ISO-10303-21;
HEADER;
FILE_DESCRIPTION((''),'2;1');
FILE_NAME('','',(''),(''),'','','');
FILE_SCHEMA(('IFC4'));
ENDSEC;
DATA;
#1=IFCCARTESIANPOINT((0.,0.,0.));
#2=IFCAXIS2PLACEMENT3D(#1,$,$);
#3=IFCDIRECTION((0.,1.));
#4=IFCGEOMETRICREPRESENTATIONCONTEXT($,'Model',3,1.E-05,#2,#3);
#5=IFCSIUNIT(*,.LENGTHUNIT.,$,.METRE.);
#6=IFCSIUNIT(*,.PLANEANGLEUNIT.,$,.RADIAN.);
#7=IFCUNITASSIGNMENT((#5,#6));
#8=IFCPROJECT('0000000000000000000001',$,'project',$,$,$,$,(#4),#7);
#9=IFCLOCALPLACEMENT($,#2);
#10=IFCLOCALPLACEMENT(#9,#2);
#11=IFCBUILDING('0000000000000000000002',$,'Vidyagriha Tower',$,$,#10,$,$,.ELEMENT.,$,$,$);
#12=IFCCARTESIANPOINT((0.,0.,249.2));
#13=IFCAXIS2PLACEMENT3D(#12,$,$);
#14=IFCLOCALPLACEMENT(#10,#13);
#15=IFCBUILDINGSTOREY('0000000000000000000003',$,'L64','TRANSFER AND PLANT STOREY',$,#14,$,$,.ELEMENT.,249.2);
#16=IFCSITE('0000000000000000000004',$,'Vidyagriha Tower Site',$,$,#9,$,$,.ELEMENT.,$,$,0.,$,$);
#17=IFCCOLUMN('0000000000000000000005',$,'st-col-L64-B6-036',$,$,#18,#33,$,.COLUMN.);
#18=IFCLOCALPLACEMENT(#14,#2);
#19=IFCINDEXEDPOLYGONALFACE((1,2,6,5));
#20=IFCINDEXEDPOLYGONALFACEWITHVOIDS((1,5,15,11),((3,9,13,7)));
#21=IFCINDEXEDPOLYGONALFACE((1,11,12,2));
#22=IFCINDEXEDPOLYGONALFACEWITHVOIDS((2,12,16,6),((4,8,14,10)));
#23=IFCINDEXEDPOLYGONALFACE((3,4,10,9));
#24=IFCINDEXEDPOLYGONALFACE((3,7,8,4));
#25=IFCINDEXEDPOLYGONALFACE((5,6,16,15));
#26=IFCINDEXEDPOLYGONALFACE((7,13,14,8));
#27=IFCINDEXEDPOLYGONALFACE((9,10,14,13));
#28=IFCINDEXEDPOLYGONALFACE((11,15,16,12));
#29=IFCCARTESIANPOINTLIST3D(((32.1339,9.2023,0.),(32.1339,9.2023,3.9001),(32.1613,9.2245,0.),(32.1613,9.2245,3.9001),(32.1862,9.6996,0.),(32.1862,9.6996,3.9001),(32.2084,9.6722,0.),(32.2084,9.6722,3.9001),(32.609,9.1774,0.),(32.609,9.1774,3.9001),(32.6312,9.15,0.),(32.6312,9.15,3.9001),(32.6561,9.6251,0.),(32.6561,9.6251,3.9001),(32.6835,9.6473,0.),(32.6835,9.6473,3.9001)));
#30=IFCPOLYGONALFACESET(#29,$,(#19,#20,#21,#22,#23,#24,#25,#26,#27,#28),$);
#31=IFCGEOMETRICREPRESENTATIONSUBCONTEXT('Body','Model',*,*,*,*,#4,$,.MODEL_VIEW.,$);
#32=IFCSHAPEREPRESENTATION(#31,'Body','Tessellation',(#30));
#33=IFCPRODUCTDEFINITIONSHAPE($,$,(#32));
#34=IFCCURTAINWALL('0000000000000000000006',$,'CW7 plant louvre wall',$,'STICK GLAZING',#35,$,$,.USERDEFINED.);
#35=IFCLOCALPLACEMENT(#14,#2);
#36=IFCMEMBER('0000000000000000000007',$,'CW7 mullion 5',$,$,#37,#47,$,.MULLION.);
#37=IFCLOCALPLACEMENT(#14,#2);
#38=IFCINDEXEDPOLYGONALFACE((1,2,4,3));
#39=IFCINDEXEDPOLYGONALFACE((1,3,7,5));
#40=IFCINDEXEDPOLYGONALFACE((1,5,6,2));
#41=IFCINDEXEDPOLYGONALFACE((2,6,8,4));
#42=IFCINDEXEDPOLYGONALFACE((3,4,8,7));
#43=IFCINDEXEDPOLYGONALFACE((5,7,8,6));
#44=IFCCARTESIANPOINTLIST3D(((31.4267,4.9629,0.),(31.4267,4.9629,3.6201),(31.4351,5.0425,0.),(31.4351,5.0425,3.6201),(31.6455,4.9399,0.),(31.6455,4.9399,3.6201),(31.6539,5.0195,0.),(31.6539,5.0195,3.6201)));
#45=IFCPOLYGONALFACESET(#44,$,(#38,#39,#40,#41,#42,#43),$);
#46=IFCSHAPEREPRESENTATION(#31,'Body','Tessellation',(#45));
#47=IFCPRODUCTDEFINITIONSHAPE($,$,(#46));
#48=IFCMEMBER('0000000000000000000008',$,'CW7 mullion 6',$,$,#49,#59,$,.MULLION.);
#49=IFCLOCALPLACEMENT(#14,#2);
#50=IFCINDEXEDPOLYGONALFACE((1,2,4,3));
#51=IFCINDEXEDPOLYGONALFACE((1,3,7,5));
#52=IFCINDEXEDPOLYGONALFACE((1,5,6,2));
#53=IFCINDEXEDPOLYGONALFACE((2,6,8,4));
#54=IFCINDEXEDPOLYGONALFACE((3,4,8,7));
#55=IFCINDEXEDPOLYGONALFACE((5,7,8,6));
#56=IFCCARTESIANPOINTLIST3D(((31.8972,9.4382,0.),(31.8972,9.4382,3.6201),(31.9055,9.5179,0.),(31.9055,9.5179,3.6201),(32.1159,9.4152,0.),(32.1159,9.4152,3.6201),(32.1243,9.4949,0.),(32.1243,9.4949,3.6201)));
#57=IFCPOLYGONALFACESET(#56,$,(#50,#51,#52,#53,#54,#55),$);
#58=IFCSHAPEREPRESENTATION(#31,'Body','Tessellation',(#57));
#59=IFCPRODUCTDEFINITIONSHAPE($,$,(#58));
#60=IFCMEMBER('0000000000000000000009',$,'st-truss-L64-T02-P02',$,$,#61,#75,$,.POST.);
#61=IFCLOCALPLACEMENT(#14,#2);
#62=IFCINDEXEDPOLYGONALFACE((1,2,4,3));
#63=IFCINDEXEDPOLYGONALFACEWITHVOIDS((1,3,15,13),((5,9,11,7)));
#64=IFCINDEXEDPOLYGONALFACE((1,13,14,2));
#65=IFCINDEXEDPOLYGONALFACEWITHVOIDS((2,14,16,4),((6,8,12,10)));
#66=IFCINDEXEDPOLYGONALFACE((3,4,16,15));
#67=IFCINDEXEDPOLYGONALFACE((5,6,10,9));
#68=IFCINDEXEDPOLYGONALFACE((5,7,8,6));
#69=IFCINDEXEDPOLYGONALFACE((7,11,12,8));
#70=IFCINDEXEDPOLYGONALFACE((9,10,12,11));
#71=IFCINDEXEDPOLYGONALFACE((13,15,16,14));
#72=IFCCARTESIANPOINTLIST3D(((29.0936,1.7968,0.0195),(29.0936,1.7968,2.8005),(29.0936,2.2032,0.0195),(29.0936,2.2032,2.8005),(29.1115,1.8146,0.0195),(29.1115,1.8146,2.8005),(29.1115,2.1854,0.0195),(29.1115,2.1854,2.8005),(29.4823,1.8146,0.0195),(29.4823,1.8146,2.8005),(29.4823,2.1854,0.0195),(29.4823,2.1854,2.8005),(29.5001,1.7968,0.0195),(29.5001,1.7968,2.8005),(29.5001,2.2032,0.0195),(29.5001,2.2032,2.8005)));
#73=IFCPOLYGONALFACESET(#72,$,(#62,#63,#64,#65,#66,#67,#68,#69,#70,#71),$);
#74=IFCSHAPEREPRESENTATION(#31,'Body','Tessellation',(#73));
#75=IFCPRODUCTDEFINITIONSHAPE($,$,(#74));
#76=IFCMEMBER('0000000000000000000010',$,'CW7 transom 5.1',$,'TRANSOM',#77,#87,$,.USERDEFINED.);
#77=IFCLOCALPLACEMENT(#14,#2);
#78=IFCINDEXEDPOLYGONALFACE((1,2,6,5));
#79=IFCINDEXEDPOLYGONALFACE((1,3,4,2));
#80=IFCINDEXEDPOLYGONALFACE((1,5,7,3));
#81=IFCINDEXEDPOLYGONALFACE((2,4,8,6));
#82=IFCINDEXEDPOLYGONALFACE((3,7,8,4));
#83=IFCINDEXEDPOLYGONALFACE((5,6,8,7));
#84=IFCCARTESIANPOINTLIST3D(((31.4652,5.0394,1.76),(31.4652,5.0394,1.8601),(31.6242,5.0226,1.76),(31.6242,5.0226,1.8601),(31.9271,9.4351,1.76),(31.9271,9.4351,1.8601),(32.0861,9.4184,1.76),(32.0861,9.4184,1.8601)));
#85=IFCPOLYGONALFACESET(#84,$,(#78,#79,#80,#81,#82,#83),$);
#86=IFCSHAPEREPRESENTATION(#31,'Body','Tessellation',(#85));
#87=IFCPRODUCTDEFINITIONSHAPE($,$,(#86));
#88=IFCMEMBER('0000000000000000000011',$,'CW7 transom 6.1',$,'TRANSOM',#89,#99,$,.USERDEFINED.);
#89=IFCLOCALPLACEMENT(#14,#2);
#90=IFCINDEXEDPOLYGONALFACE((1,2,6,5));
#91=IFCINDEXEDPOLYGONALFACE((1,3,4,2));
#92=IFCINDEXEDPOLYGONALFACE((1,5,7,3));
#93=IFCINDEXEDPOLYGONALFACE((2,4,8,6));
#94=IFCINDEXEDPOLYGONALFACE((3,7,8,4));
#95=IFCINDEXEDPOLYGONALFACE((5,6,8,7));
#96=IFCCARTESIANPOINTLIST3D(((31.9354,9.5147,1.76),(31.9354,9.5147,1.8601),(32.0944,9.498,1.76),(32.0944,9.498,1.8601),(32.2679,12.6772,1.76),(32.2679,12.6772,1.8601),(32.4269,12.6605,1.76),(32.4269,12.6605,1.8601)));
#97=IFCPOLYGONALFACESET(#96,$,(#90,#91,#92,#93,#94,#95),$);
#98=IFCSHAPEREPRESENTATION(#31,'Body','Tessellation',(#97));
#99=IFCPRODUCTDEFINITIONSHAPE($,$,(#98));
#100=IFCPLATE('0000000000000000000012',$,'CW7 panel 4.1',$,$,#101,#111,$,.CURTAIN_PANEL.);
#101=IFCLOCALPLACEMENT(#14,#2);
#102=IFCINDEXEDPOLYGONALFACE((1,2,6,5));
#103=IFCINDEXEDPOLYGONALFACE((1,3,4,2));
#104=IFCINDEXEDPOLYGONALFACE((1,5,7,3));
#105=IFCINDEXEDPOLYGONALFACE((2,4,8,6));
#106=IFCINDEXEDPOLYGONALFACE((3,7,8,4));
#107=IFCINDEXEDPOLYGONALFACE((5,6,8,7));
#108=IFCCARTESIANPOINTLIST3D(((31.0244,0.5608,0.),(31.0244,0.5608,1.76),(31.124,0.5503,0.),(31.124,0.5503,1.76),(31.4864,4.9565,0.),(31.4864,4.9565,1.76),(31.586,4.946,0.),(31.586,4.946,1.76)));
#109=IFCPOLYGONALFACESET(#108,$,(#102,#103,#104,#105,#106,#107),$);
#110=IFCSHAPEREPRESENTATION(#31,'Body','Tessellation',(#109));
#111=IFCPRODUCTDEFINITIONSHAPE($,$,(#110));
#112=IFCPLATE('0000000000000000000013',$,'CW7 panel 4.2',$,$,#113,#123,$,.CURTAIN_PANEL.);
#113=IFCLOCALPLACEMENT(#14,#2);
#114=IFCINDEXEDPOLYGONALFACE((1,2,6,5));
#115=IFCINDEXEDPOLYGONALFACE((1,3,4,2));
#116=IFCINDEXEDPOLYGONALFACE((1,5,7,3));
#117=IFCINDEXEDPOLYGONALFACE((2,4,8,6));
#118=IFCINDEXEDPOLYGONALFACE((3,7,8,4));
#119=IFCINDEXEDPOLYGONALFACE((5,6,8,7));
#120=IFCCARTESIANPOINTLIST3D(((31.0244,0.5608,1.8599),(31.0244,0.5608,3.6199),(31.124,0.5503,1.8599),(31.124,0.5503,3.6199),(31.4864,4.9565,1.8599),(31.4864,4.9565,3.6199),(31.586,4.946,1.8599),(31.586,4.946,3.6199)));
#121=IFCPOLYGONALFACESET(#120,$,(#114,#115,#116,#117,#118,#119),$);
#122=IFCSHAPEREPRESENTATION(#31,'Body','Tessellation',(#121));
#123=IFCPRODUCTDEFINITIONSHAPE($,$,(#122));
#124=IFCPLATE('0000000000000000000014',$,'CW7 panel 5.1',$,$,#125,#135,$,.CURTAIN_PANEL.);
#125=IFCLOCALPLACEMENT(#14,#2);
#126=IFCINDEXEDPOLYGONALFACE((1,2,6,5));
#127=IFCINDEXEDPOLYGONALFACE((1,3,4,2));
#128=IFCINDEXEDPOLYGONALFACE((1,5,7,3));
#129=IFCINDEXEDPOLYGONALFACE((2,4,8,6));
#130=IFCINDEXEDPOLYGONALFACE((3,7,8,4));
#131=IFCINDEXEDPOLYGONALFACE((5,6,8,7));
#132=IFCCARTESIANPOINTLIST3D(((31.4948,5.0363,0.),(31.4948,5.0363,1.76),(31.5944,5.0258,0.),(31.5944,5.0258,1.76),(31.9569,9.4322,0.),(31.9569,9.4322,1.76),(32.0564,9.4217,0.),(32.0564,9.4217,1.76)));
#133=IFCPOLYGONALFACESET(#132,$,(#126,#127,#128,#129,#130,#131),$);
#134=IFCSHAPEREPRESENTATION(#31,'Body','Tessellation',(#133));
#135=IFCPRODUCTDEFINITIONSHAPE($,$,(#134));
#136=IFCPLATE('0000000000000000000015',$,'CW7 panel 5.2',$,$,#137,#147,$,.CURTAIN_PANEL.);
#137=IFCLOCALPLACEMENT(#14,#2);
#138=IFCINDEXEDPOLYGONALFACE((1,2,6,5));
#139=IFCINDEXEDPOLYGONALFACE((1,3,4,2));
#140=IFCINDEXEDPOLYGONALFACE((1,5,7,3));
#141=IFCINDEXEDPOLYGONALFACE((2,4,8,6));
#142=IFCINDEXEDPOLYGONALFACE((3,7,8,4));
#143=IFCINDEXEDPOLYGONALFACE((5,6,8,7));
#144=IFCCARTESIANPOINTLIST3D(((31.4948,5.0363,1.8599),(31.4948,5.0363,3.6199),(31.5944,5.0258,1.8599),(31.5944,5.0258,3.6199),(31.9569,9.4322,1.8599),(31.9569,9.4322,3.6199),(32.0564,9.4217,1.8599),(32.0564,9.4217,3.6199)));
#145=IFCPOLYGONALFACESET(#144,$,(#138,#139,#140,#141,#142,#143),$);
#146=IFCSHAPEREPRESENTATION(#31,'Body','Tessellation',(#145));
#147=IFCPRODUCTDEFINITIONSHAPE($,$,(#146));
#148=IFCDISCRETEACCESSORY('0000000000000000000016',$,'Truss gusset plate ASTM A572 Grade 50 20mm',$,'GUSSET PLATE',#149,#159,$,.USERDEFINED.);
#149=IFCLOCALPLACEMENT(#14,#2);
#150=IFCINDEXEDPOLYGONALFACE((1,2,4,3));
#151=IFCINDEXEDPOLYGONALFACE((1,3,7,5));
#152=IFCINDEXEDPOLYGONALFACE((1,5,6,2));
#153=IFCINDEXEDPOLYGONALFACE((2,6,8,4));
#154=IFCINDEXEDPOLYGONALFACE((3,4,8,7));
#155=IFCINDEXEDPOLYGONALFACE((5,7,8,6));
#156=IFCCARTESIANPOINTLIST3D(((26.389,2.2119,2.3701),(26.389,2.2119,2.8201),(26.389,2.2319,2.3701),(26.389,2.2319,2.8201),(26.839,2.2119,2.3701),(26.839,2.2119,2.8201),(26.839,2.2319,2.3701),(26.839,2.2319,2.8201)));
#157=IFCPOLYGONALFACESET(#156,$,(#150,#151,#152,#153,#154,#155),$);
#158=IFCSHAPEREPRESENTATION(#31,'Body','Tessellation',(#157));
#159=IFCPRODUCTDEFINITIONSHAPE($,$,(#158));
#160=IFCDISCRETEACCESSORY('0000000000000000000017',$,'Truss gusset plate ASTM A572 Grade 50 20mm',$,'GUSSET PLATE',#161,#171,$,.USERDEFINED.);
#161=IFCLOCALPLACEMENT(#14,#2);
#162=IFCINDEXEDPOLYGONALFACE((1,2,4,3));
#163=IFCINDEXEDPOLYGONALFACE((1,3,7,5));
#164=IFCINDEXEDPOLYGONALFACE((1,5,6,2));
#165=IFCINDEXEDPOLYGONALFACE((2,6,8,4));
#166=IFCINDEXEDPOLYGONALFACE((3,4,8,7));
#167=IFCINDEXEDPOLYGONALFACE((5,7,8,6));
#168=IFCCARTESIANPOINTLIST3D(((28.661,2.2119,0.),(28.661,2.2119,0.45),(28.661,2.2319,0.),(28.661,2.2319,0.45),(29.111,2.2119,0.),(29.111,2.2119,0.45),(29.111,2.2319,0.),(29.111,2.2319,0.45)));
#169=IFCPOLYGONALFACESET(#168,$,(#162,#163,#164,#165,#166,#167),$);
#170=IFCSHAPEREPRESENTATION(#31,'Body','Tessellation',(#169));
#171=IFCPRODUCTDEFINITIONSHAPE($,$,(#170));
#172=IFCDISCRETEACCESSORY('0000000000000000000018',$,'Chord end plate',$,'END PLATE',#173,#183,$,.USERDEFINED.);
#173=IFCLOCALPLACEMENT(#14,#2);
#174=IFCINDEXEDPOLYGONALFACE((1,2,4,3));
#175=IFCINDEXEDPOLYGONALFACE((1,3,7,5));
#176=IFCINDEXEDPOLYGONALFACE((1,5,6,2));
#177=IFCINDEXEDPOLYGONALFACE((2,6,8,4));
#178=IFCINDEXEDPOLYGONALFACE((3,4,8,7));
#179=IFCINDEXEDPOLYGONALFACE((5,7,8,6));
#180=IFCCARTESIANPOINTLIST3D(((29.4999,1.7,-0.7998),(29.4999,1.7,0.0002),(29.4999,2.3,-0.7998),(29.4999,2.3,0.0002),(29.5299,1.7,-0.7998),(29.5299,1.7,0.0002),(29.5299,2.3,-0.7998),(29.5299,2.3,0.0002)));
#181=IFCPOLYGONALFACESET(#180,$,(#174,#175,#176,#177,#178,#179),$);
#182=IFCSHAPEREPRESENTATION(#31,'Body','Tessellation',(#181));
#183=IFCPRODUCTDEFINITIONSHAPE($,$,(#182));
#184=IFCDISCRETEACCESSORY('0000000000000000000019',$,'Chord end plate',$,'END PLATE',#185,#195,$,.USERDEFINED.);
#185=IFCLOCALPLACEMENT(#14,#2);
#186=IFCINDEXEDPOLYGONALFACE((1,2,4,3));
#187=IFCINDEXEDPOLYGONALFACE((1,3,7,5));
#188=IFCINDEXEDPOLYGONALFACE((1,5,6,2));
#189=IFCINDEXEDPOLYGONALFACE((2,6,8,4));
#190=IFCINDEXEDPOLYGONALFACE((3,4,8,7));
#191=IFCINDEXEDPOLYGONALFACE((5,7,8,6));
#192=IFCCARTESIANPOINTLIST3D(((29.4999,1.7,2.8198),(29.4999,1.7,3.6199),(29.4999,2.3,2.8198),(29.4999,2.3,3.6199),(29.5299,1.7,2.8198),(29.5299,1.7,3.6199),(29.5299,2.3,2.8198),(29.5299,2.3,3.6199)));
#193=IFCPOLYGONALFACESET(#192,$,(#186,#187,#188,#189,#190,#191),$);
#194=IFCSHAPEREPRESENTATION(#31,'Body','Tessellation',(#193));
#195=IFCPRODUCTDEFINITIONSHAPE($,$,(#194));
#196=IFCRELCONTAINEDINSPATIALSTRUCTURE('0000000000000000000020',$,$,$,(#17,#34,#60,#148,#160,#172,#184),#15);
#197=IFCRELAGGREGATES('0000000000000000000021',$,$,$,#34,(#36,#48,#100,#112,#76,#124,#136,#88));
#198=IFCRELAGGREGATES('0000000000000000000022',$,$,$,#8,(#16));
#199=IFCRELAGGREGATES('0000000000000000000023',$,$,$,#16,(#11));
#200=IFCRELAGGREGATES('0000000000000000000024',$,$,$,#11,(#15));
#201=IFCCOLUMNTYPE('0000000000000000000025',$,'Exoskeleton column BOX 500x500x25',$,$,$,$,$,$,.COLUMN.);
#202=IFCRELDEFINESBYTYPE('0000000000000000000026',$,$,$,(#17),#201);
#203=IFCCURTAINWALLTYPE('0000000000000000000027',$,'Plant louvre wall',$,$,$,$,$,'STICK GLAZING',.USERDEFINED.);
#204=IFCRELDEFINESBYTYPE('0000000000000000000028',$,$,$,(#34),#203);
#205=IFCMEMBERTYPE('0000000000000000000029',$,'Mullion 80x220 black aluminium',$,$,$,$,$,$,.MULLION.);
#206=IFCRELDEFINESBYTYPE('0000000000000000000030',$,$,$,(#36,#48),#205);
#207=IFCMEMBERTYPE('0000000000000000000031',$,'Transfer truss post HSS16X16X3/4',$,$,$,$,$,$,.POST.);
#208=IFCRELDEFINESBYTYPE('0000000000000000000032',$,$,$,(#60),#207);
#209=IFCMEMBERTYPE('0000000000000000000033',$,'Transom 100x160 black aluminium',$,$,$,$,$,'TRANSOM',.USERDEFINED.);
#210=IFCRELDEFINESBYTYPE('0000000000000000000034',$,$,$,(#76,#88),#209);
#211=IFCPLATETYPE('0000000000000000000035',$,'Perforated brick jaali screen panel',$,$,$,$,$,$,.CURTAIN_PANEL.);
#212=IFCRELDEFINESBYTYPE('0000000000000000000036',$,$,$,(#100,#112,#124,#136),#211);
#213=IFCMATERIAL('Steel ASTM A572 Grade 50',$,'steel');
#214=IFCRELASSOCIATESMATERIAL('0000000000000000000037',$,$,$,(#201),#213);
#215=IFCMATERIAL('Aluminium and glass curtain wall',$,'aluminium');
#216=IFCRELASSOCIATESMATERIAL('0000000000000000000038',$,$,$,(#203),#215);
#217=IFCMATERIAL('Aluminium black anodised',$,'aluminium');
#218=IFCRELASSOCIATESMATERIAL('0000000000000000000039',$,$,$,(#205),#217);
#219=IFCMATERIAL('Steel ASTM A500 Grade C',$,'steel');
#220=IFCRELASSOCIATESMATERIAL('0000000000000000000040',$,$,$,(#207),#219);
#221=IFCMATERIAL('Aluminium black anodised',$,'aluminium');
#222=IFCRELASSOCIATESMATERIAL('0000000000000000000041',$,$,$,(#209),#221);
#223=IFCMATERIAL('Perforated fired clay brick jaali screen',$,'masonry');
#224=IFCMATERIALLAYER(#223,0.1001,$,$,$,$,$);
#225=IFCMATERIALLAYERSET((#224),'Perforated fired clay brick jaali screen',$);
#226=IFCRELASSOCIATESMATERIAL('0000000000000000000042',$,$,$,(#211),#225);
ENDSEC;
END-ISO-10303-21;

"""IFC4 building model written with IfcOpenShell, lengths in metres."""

from ifc_helpers import new_model, si_unit, direction, frame, origin, origin_2d, place, context, subcontext, project, spatial, rectangle, hollow_rectangle, extrude, material, layer, layer_set, material_profile, profile_set, type_object, element, aggregate, save


model = new_model("IFC4")

# Units and contexts
model_context = context("Model", 3, precision=1e-05, world=origin(), true_north=direction((0.0, 1.0)))
body_context = subcontext(model_context, "Body", "Model", "MODEL_VIEW")
ifc_project = project(units=[si_unit("LENGTHUNIT", "METRE"), si_unit("PLANEANGLEUNIT", "RADIAN")], contexts=[model_context])

# Site, building, storey
site_placement = place(None, origin())
site = spatial("IfcSite", under=ifc_project, at=site_placement, Name="Vidyagriha Tower Site", CompositionType="ELEMENT", RefElevation=0.0)
building_placement = place(site_placement, origin())
building = spatial("IfcBuilding", under=site, at=building_placement, Name="Vidyagriha Tower", CompositionType="ELEMENT")
storey_placement = place(building_placement, frame((0.0, 0.0, 249.2)))
storey = spatial("IfcBuildingStorey", under=building, at=storey_placement, Name="L64", Description="TRANSFER AND PLANT STOREY", CompositionType="ELEMENT", Elevation=249.2)

# Column
ifc_material_1 = material(Name="Steel ASTM A572 Grade 50", Category="steel")
ifc_material_profile_1 = material_profile(ifc_material_1, hollow_rectangle(XDim=0.5, YDim=0.5, WallThickness=0.0249, at=origin_2d()), Name="BOX 500x500x25")
ifc_profile_set_1 = profile_set([ifc_material_profile_1], Name="Steel ASTM A572 Grade 50")
column_type = type_object("IfcColumnType", Name="Exoskeleton column BOX 500x500x25", PredefinedType="COLUMN", material=ifc_profile_set_1)
column_placement = place(storey_placement, frame((32.4087, 9.4248, 0.0), z_axis=(0.0, 0.0, 1.0), x_axis=(0.994522, -0.104528, 0.0)))
element("IfcColumn", 1, at=column_placement, inside=storey, type_object=column_type, Name="st-col-L64-B6-036", PredefinedType="COLUMN", context=body_context, shape_type="SweptSolid", body=[
    extrude(hollow_rectangle(XDim=0.5, YDim=0.5, WallThickness=0.0249, at=origin_2d()), origin(), (0.0, 0.0, 1.0), 3.9001),
])

# Curtain wall, members
ifc_material_2 = material(Name="Aluminium and glass curtain wall", Category="aluminium")
curtain_wall_type = type_object("IfcCurtainWallType", Name="Plant louvre wall", ElementType="STICK GLAZING", PredefinedType="USERDEFINED", material=ifc_material_2)
curtain_wall_placement = place(storey_placement, origin())
curtain_wall = element("IfcCurtainWall", 2, at=curtain_wall_placement, inside=storey, type_object=curtain_wall_type, Name="CW7 plant louvre wall", ObjectType="STICK GLAZING", PredefinedType="USERDEFINED")
ifc_material_3 = material(Name="Aluminium black anodised", Category="aluminium")
ifc_material_profile_2 = material_profile(ifc_material_3, rectangle(XDim=0.22, YDim=0.0801, at=origin_2d()), Name="Mullion 80x220 black aluminium")
ifc_profile_set_2 = profile_set([ifc_material_profile_2], Name="Aluminium black anodised")
member_type_1 = type_object("IfcMemberType", Name="Mullion 80x220 black aluminium", PredefinedType="MULLION", material=ifc_profile_set_2)
member_1_placement = place(storey_placement, frame((31.5403, 4.9912, 0.0), z_axis=(0.0, 0.0, 1.0), x_axis=(-0.994522, 0.104527, 0.0)))
member_1 = element("IfcMember", 3, at=member_1_placement, type_object=member_type_1, Name="CW7 mullion 5", PredefinedType="MULLION", context=body_context, shape_type="SweptSolid", body=[
    extrude(rectangle(XDim=0.22, YDim=0.0801, at=origin_2d()), origin(), (0.0, 0.0, 1.0), 3.6201),
])
member_2_placement = place(storey_placement, frame((32.0107, 9.4666, 0.0), z_axis=(0.0, 0.0, 1.0), x_axis=(-0.994522, 0.104527, 0.0)))
member_2 = element("IfcMember", 4, at=member_2_placement, type_object=member_type_1, Name="CW7 mullion 6", PredefinedType="MULLION", context=body_context, shape_type="SweptSolid", body=[
    extrude(rectangle(XDim=0.22, YDim=0.0801, at=origin_2d()), origin(), (0.0, 0.0, 1.0), 3.6201),
])

# Members
ifc_material_4 = material(Name="Steel ASTM A500 Grade C", Category="steel")
ifc_material_profile_3 = material_profile(ifc_material_4, hollow_rectangle(XDim=0.4065, YDim=0.4065, WallThickness=0.0178, at=origin_2d()), Name="HSS16X16X3/4")
ifc_profile_set_3 = profile_set([ifc_material_profile_3], Name="Steel ASTM A500 Grade C")
member_type_2 = type_object("IfcMemberType", Name="Transfer truss post HSS16X16X3/4", PredefinedType="POST", material=ifc_profile_set_3)
member_3_placement = place(storey_placement, frame((29.2969, 2.0, 0.0195)))
element("IfcMember", 5, at=member_3_placement, inside=storey, type_object=member_type_2, Name="st-truss-L64-T02-P02", PredefinedType="POST", context=body_context, shape_type="SweptSolid", body=[
    extrude(hollow_rectangle(XDim=0.4065, YDim=0.4065, WallThickness=0.0178, at=origin_2d()), origin(), (0.0, 0.0, 1.0), 2.781),
])
ifc_material_5 = material(Name="Aluminium black anodised", Category="aluminium")
ifc_material_profile_4 = material_profile(ifc_material_5, rectangle(XDim=0.1599, YDim=0.1001, at=origin_2d()), Name="Transom 100x160 black aluminium")
ifc_profile_set_4 = profile_set([ifc_material_profile_4], Name="Aluminium black anodised")
member_type_3 = type_object("IfcMemberType", Name="Transom 100x160 black aluminium", ElementType="TRANSOM", PredefinedType="USERDEFINED", material=ifc_profile_set_4)
member_4_placement = place(storey_placement, frame((31.5447, 5.031, 1.8101), z_axis=(0.104507, 0.994524, 0.0), x_axis=(-0.994524, 0.104507, 0.0)))
member_4 = element("IfcMember", 6, at=member_4_placement, type_object=member_type_3, Name="CW7 transom 5.1", ObjectType="TRANSOM", PredefinedType="USERDEFINED", context=body_context, shape_type="SweptSolid", body=[
    extrude(rectangle(XDim=0.1599, YDim=0.1001, at=origin_2d()), origin(), (0.0, 0.0, 1.0), 4.4199),
])
member_5_placement = place(storey_placement, frame((32.0149, 9.5063, 1.8101), z_axis=(0.104565, 0.994518, 0.0), x_axis=(-0.994518, 0.104565, 0.0)))
member_5 = element("IfcMember", 7, at=member_5_placement, type_object=member_type_3, Name="CW7 transom 6.1", ObjectType="TRANSOM", PredefinedType="USERDEFINED", context=body_context, shape_type="SweptSolid", body=[
    extrude(rectangle(XDim=0.1599, YDim=0.1001, at=origin_2d()), origin(), (0.0, 0.0, 1.0), 3.1799),
])

# Plates
ifc_material_6 = material(Name="Perforated fired clay brick jaali screen", Category="masonry")
ifc_layer = layer(ifc_material_6, 0.1001)
ifc_layer_set = layer_set([ifc_layer], Name="Perforated fired clay brick jaali screen")
plate_type = type_object("IfcPlateType", Name="Perforated brick jaali screen panel", PredefinedType="CURTAIN_PANEL", material=ifc_layer_set)
plate_1_placement = place(storey_placement, frame((31.3052, 2.7534, 0.0), z_axis=(0.0, 0.0, 1.0), x_axis=(0.104527, 0.994522, 0.0)))
plate_1 = element("IfcPlate", 8, at=plate_1_placement, type_object=plate_type, Name="CW7 panel 4.1", PredefinedType="CURTAIN_PANEL", context=body_context, shape_type="SweptSolid", body=[
    extrude(rectangle(XDim=4.4199, YDim=0.1001, at=origin_2d()), origin(), (0.0, 0.0, 1.0), 1.76),
])
plate_2_placement = place(storey_placement, frame((31.3052, 2.7534, 1.8599), z_axis=(0.0, 0.0, 1.0), x_axis=(0.104527, 0.994522, 0.0)))
plate_2 = element("IfcPlate", 9, at=plate_2_placement, type_object=plate_type, Name="CW7 panel 4.2", PredefinedType="CURTAIN_PANEL", context=body_context, shape_type="SweptSolid", body=[
    extrude(rectangle(XDim=4.4199, YDim=0.1001, at=origin_2d()), origin(), (0.0, 0.0, 1.0), 1.76),
])
plate_3_placement = place(storey_placement, frame((31.7756, 7.229, 0.0), z_axis=(0.0, 0.0, 1.0), x_axis=(0.104527, 0.994522, 0.0)))
plate_3 = element("IfcPlate", 10, at=plate_3_placement, type_object=plate_type, Name="CW7 panel 5.1", PredefinedType="CURTAIN_PANEL", context=body_context, shape_type="SweptSolid", body=[
    extrude(rectangle(XDim=4.4202, YDim=0.1001, at=origin_2d()), origin(), (0.0, 0.0, 1.0), 1.76),
])
plate_4_placement = place(storey_placement, frame((31.7756, 7.229, 1.8599), z_axis=(0.0, 0.0, 1.0), x_axis=(0.104527, 0.994522, 0.0)))
plate_4 = element("IfcPlate", 11, at=plate_4_placement, type_object=plate_type, Name="CW7 panel 5.2", PredefinedType="CURTAIN_PANEL", context=body_context, shape_type="SweptSolid", body=[
    extrude(rectangle(XDim=4.4202, YDim=0.1001, at=origin_2d()), origin(), (0.0, 0.0, 1.0), 1.76),
])
aggregate(curtain_wall, [member_1, member_2, plate_1, plate_2, member_4, plate_3, plate_4, member_5])

# Discrete accessories
for number, where, name in (
    (12, (26.614, 2.2219, 2.3701), "Truss gusset plate ASTM A572 Grade 50 20mm"),
    (13, (28.886, 2.2219, 0.0), "Truss gusset plate ASTM A572 Grade 50 20mm"),
):
    element("IfcDiscreteAccessory", number, at=place(storey_placement, frame(where)), inside=storey, Name=name, ObjectType="GUSSET PLATE", PredefinedType="USERDEFINED", context=body_context, shape_type="SweptSolid", body=[
        extrude(rectangle(XDim=0.45, YDim=0.02, at=origin_2d()), origin(), (0.0, 0.0, 1.0), 0.45),
    ])
for number, where, name in (
    (14, (29.5149, 2.0, -0.7998), "Chord end plate"),
    (15, (29.5149, 2.0, 2.8198), "Chord end plate"),
):
    element("IfcDiscreteAccessory", number, at=place(storey_placement, frame(where)), inside=storey, Name=name, ObjectType="END PLATE", PredefinedType="USERDEFINED", context=body_context, shape_type="SweptSolid", body=[
        extrude(rectangle(XDim=0.03, YDim=0.6001, at=origin_2d()), origin(), (0.0, 0.0, 1.0), 0.8),
    ])

save(model, "model.ifc")
